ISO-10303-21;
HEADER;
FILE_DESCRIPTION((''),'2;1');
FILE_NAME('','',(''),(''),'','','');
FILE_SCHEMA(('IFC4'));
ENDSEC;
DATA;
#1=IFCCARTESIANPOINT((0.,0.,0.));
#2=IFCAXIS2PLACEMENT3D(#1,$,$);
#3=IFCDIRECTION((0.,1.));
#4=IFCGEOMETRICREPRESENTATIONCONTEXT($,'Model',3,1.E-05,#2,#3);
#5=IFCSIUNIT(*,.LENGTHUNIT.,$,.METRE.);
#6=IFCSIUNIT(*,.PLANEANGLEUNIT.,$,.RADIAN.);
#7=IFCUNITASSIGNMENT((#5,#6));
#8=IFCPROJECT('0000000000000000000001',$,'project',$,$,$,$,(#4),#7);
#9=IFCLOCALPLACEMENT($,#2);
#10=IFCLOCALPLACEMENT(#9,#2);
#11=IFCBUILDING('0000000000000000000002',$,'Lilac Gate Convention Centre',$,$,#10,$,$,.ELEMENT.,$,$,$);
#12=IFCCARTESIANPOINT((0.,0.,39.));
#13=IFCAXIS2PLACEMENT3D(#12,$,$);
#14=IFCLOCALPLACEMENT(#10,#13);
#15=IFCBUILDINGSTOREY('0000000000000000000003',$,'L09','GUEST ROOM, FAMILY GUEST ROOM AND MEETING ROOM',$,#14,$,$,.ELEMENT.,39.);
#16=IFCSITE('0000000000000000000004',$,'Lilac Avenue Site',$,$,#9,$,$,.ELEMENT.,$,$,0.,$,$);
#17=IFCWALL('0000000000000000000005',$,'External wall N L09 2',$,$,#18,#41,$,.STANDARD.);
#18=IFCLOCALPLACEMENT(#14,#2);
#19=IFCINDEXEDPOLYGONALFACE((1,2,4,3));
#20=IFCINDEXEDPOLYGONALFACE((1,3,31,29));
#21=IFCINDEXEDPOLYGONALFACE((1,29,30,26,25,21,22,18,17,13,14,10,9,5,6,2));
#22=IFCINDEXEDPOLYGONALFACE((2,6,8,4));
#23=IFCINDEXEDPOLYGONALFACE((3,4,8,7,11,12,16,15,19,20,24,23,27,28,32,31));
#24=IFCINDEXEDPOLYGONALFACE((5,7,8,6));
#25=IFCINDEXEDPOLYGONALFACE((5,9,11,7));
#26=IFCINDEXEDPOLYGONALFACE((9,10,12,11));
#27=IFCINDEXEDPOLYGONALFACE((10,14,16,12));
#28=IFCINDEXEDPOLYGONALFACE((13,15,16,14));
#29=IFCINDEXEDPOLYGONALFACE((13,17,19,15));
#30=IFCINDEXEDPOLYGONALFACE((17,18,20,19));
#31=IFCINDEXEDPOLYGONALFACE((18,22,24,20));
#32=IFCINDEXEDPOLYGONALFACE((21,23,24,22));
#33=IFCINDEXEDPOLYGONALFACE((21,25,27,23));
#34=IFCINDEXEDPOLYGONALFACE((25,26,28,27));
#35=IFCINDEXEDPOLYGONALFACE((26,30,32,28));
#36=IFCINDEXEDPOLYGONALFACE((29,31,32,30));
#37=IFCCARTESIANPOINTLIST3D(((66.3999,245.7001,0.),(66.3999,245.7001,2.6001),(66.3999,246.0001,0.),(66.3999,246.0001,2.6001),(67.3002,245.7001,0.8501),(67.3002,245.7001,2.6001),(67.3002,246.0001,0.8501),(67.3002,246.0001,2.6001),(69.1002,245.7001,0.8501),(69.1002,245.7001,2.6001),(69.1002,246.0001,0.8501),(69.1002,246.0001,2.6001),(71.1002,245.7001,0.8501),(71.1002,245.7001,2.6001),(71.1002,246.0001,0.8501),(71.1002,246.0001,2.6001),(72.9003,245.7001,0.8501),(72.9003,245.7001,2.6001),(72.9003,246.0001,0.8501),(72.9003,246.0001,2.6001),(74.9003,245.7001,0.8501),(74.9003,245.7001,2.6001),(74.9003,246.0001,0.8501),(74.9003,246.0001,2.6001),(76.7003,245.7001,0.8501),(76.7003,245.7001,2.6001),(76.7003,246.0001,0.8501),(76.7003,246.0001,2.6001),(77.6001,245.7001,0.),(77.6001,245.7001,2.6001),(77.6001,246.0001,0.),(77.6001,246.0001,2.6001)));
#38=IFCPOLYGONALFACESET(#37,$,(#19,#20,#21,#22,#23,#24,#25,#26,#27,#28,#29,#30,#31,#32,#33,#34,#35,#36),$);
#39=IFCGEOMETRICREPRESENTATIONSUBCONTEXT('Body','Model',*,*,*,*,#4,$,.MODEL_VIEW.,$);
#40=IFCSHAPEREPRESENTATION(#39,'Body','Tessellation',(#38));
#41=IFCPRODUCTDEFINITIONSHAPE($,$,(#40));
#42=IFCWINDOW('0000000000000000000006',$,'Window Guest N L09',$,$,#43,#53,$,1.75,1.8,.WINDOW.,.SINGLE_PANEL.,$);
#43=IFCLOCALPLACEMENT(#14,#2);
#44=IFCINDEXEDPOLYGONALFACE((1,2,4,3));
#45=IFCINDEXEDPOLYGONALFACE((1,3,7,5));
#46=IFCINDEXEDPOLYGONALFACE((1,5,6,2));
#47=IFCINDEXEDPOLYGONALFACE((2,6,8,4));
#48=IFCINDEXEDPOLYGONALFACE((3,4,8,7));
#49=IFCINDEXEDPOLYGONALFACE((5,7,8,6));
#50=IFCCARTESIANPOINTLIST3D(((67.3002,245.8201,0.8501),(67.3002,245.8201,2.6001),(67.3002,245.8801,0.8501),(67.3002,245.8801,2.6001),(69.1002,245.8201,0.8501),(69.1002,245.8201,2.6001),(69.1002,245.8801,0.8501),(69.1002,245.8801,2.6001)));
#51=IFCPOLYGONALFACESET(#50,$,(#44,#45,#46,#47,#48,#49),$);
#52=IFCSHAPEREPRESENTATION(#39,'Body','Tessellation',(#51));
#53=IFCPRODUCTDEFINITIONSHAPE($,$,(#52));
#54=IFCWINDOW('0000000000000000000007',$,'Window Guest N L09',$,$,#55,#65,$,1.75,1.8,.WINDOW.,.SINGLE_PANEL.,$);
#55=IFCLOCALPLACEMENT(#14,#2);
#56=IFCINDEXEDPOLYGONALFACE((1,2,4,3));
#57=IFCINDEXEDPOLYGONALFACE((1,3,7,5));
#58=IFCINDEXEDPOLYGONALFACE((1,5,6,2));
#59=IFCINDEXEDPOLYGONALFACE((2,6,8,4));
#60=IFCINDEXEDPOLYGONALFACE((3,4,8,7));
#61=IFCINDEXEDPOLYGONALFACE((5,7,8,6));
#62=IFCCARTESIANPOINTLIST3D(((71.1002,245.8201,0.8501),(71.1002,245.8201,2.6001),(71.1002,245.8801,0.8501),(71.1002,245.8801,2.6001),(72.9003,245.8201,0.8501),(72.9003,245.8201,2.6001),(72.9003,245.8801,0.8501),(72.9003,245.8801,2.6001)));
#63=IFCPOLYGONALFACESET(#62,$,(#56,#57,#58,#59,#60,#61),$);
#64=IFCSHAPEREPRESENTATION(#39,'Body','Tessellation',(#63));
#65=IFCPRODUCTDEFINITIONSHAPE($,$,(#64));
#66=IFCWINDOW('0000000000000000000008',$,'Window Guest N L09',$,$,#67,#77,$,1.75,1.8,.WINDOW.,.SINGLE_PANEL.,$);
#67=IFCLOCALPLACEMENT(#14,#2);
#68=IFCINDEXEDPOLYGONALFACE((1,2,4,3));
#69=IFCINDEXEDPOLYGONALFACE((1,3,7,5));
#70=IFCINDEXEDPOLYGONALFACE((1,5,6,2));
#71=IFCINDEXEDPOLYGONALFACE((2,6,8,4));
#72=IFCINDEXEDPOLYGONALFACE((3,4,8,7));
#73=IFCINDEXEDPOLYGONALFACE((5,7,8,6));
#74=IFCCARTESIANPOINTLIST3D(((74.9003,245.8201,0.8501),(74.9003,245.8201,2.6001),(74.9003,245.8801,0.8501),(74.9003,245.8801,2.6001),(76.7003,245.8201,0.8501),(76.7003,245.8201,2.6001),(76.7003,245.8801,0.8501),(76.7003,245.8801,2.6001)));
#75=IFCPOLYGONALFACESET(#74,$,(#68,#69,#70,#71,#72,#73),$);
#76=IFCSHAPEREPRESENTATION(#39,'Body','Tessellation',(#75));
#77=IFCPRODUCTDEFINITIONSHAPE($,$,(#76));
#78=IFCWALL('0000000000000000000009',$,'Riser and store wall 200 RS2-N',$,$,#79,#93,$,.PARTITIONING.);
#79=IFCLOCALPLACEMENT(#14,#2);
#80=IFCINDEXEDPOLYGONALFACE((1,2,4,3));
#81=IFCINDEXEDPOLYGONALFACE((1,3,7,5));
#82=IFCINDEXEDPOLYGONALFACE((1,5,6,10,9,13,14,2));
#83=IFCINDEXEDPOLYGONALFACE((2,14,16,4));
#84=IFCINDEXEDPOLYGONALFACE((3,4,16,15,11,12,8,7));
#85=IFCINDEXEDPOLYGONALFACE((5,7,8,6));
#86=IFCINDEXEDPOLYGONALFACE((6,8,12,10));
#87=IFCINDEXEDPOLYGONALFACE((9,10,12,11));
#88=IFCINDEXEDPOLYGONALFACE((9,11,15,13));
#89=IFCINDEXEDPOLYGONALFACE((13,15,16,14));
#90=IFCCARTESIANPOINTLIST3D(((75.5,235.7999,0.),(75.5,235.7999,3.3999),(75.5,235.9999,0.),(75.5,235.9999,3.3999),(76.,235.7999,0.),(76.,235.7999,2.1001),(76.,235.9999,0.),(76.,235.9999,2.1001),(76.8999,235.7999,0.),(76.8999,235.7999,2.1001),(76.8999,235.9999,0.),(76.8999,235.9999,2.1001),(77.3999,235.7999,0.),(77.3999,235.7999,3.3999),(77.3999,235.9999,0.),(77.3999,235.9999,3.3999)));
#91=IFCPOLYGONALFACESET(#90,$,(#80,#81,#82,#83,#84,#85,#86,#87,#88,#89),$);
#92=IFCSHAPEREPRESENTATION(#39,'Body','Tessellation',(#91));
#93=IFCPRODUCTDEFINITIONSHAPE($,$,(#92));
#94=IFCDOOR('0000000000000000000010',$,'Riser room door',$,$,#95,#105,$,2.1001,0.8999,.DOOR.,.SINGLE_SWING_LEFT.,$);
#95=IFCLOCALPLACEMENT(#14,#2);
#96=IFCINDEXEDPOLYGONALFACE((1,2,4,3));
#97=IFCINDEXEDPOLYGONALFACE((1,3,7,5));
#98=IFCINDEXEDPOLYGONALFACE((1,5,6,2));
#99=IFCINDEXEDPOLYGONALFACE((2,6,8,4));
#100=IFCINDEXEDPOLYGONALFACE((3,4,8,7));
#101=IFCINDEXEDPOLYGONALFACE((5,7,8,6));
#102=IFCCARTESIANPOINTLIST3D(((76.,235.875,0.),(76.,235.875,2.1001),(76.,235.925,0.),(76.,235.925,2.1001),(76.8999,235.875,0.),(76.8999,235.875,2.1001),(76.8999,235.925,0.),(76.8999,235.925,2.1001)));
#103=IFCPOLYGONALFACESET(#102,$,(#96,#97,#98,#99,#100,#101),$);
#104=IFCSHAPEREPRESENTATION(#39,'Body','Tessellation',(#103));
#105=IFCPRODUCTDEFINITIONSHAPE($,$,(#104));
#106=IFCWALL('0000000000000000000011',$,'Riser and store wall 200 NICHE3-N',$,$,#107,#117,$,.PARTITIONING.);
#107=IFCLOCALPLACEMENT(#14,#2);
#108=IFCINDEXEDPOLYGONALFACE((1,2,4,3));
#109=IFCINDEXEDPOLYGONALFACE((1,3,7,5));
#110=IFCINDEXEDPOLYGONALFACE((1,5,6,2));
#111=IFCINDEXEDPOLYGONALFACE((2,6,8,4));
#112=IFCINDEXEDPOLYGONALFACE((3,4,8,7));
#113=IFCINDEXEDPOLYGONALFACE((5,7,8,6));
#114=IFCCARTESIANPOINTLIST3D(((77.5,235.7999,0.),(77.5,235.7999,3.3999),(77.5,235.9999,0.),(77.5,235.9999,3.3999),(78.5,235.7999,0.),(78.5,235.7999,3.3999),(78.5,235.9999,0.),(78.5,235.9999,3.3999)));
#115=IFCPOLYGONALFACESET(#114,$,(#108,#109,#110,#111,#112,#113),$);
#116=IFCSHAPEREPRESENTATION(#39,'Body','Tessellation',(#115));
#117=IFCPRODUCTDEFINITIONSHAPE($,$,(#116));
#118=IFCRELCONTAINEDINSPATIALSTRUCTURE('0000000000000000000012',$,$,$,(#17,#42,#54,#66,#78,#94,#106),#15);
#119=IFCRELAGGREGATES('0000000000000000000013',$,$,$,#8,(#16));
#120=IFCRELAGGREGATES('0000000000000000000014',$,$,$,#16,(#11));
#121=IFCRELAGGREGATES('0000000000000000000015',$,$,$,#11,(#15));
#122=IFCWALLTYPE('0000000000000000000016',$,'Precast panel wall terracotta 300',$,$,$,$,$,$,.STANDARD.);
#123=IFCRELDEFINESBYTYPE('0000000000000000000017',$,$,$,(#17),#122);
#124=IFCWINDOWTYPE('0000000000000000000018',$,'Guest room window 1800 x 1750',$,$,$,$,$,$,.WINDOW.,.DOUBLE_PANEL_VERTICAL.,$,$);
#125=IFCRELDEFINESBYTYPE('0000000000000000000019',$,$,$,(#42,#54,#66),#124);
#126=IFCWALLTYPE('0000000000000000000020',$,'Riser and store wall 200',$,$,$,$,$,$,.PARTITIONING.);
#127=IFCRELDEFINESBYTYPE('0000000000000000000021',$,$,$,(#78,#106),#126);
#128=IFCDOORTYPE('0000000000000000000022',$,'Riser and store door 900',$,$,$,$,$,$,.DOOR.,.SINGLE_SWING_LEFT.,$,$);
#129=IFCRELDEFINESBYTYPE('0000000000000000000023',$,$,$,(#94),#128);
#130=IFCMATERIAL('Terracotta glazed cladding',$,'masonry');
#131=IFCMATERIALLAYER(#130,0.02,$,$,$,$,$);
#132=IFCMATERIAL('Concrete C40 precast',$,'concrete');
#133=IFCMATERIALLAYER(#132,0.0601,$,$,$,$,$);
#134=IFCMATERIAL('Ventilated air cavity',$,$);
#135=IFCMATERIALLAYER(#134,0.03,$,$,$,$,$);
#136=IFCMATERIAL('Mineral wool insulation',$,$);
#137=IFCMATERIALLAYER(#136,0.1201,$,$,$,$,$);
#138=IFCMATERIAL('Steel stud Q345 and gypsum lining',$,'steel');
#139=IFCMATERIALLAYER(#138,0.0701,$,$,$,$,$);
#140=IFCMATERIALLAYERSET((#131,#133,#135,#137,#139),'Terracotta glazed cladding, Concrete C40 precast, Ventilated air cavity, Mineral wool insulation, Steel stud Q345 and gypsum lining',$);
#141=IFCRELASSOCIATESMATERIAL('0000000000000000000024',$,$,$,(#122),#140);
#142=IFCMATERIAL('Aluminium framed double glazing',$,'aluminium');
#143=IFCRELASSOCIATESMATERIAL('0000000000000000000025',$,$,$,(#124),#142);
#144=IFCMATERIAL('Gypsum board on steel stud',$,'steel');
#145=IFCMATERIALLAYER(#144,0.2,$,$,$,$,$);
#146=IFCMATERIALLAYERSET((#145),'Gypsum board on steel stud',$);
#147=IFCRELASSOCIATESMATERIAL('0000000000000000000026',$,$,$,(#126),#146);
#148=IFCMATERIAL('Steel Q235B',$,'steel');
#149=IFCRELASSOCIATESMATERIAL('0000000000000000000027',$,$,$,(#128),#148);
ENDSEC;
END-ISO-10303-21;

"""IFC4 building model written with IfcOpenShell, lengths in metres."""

from ifc_helpers import new_model, si_unit, direction, frame, frame_2d, origin, place, context, subcontext, project, spatial, rectangle, extrude, material, layer, layer_set, type_object, element, fill, save


model = new_model("IFC4")

# Units and contexts
model_context = context("Model", 3, precision=1e-05, world=origin(), true_north=direction((0.0, 1.0)))
body_context = subcontext(model_context, "Body", "Model", "MODEL_VIEW")
ifc_project = project(units=[si_unit("LENGTHUNIT", "METRE"), si_unit("PLANEANGLEUNIT", "RADIAN")], contexts=[model_context])

# Site, building, storey
site_placement = place(None, origin())
site = spatial("IfcSite", under=ifc_project, at=site_placement, Name="Lilac Avenue Site", CompositionType="ELEMENT", RefElevation=0.0)
building_placement = place(site_placement, origin())
building = spatial("IfcBuilding", under=site, at=building_placement, Name="Lilac Gate Convention Centre", CompositionType="ELEMENT")
storey_placement = place(building_placement, frame((0.0, 0.0, 39.0)))
storey = spatial("IfcBuildingStorey", under=building, at=storey_placement, Name="L09", Description="GUEST ROOM, FAMILY GUEST ROOM AND MEETING ROOM", CompositionType="ELEMENT", Elevation=39.0)

# Shared definitions
ifc_material_1 = material(Name="Gypsum board on steel stud", Category="steel")

# Wall, openings, windows
ifc_material_2 = material(Name="Terracotta glazed cladding", Category="masonry")
ifc_layer_1 = layer(ifc_material_2, 0.02)
ifc_material_3 = material(Name="Concrete C40 precast", Category="concrete")
ifc_layer_2 = layer(ifc_material_3, 0.0601)
ifc_material_4 = material(Name="Ventilated air cavity")
ifc_layer_3 = layer(ifc_material_4, 0.03)
ifc_material_5 = material(Name="Mineral wool insulation")
ifc_layer_4 = layer(ifc_material_5, 0.1201)
ifc_material_6 = material(Name="Steel stud Q345 and gypsum lining", Category="steel")
ifc_layer_5 = layer(ifc_material_6, 0.0701)
ifc_layer_set_1 = layer_set([ifc_layer_1, ifc_layer_2, ifc_layer_3, ifc_layer_4, ifc_layer_5], Name="Terracotta glazed cladding, Concrete C40 precast, Ventilated air cavity, Mineral wool insulation, Steel stud Q345 and gypsum lining")
wall_type_1 = type_object("IfcWallType", Name="Precast panel wall terracotta 300", PredefinedType="STANDARD", material=ifc_layer_set_1)
wall_1_placement = place(storey_placement, frame((77.6001, 245.8501, 0.0), z_axis=(0.0, 0.0, 1.0), x_axis=(-1.0, 0.0, 0.0)))
wall_1 = element("IfcWall", 1, at=wall_1_placement, inside=storey, type_object=wall_type_1, Name="External wall N L09 2", PredefinedType="STANDARD", context=body_context, shape_type="SweptSolid", body=[
    extrude(rectangle(XDim=11.2002, YDim=0.3, at=frame_2d((5.6001, 0.0))), origin(), (0.0, 0.0, 1.0), 2.6001),
])
opening_1_placement = place(wall_1_placement, frame((8.5, 0.0, 0.8501)))
opening_1 = element("IfcOpeningElement", 2, at=opening_1_placement, cuts=wall_1, PredefinedType="OPENING", context=body_context, shape_type="SweptSolid", body=[
    extrude(rectangle(XDim=1.8, YDim=1.75, at=frame_2d((0.8999, 0.875))), frame((0.0, 0.1599, 0.0), z_axis=(0.0, -1.0, 0.0), x_axis=(1.0, 0.0, 0.0)), (0.0, 0.0, 1.0), 0.3201),
])
opening_2_placement = place(wall_1_placement, frame((4.7, 0.0, 0.8501)))
opening_2 = element("IfcOpeningElement", 3, at=opening_2_placement, cuts=wall_1, PredefinedType="OPENING", context=body_context, shape_type="SweptSolid", body=[
    extrude(rectangle(XDim=1.8, YDim=1.75, at=frame_2d((0.8999, 0.875))), frame((0.0, 0.1599, 0.0), z_axis=(0.0, -1.0, 0.0), x_axis=(1.0, 0.0, 0.0)), (0.0, 0.0, 1.0), 0.3201),
])
opening_3_placement = place(wall_1_placement, frame((0.8999, 0.0, 0.8501)))
opening_3 = element("IfcOpeningElement", 4, at=opening_3_placement, cuts=wall_1, PredefinedType="OPENING", context=body_context, shape_type="SweptSolid", body=[
    extrude(rectangle(XDim=1.8, YDim=1.75, at=frame_2d((0.8999, 0.875))), frame((0.0, 0.1599, 0.0), z_axis=(0.0, -1.0, 0.0), x_axis=(1.0, 0.0, 0.0)), (0.0, 0.0, 1.0), 0.3201),
])
ifc_material_7 = material(Name="Aluminium framed double glazing", Category="aluminium")
window_type = type_object("IfcWindowType", Name="Guest room window 1800 x 1750", PartitioningType="DOUBLE_PANEL_VERTICAL", PredefinedType="WINDOW", material=ifc_material_7)
window_1_placement = place(opening_1_placement, origin())
window_1 = element("IfcWindow", 5, at=window_1_placement, inside=storey, type_object=window_type, Name="Window Guest N L09", OverallHeight=1.75, OverallWidth=1.8, PartitioningType="SINGLE_PANEL", PredefinedType="WINDOW", context=body_context, shape_type="SweptSolid", body=[
    extrude(rectangle(XDim=1.8, YDim=1.75, at=frame_2d((0.8999, 0.875))), frame((0.0, 0.03, 0.0), z_axis=(0.0, -1.0, 0.0), x_axis=(1.0, 0.0, 0.0)), (0.0, 0.0, 1.0), 0.0601),
])
fill(opening_1, window_1)
window_2_placement = place(opening_2_placement, origin())
window_2 = element("IfcWindow", 6, at=window_2_placement, inside=storey, type_object=window_type, Name="Window Guest N L09", OverallHeight=1.75, OverallWidth=1.8, PartitioningType="SINGLE_PANEL", PredefinedType="WINDOW", context=body_context, shape_type="SweptSolid", body=[
    extrude(rectangle(XDim=1.8, YDim=1.75, at=frame_2d((0.8999, 0.875))), frame((0.0, 0.03, 0.0), z_axis=(0.0, -1.0, 0.0), x_axis=(1.0, 0.0, 0.0)), (0.0, 0.0, 1.0), 0.0601),
])
fill(opening_2, window_2)
window_3_placement = place(opening_3_placement, origin())
window_3 = element("IfcWindow", 7, at=window_3_placement, inside=storey, type_object=window_type, Name="Window Guest N L09", OverallHeight=1.75, OverallWidth=1.8, PartitioningType="SINGLE_PANEL", PredefinedType="WINDOW", context=body_context, shape_type="SweptSolid", body=[
    extrude(rectangle(XDim=1.8, YDim=1.75, at=frame_2d((0.8999, 0.875))), frame((0.0, 0.03, 0.0), z_axis=(0.0, -1.0, 0.0), x_axis=(1.0, 0.0, 0.0)), (0.0, 0.0, 1.0), 0.0601),
])
fill(opening_3, window_3)

# Wall, opening, door
ifc_layer_6 = layer(ifc_material_1, 0.2)
ifc_layer_set_2 = layer_set([ifc_layer_6], Name="Gypsum board on steel stud")
wall_type_2 = type_object("IfcWallType", Name="Riser and store wall 200", PredefinedType="PARTITIONING", material=ifc_layer_set_2)
wall_2_placement = place(storey_placement, frame((77.3999, 235.8999, 0.0), z_axis=(0.0, 0.0, 1.0), x_axis=(-1.0, 0.0, 0.0)))
wall_2 = element("IfcWall", 8, at=wall_2_placement, inside=storey, type_object=wall_type_2, Name="Riser and store wall 200 RS2-N", PredefinedType="PARTITIONING", context=body_context, shape_type="SweptSolid", body=[
    extrude(rectangle(XDim=1.8999, YDim=0.2, at=frame_2d((0.95, 0.0))), origin(), (0.0, 0.0, 1.0), 3.3999),
])
opening_4_placement = place(wall_2_placement, frame((0.5, 0.0, 0.0)))
opening_4 = element("IfcOpeningElement", 9, at=opening_4_placement, cuts=wall_2, PredefinedType="OPENING", context=body_context, shape_type="SweptSolid", body=[
    extrude(rectangle(XDim=0.8999, YDim=2.1001, at=frame_2d((0.45, 1.05))), frame((0.0, 0.1099, 0.0), z_axis=(0.0, -1.0, 0.0), x_axis=(1.0, 0.0, 0.0)), (0.0, 0.0, 1.0), 0.22),
])
ifc_material_8 = material(Name="Steel Q235B", Category="steel")
door_type_1 = type_object("IfcDoorType", Name="Riser and store door 900", OperationType="SINGLE_SWING_LEFT", PredefinedType="DOOR", material=ifc_material_8)
door_1_placement = place(opening_4_placement, origin())
door_1 = element("IfcDoor", 10, at=door_1_placement, inside=storey, type_object=door_type_1, Name="Riser room door", OperationType="SINGLE_SWING_LEFT", OverallHeight=2.1001, OverallWidth=0.8999, PredefinedType="DOOR", context=body_context, shape_type="SweptSolid", body=[
    extrude(rectangle(XDim=0.8999, YDim=2.1001, at=frame_2d((0.45, 1.05))), frame((0.0, 0.0249, 0.0), z_axis=(0.0, -1.0, 0.0), x_axis=(1.0, 0.0, 0.0)), (0.0, 0.0, 1.0), 0.05),
])
fill(opening_4, door_1)

# Wall
wall_3_placement = place(storey_placement, frame((77.5, 235.8999, 0.0), z_axis=(0.0, 0.0, 1.0), x_axis=(1.0, 0.0, 0.0)))
element("IfcWall", 11, at=wall_3_placement, inside=storey, type_object=wall_type_2, Name="Riser and store wall 200 NICHE3-N", PredefinedType="PARTITIONING", context=body_context, shape_type="SweptSolid", body=[
    extrude(rectangle(XDim=1.0, YDim=0.2, at=frame_2d((0.5, 0.0))), origin(), (0.0, 0.0, 1.0), 3.3999),
])

save(model, "model.ifc")
